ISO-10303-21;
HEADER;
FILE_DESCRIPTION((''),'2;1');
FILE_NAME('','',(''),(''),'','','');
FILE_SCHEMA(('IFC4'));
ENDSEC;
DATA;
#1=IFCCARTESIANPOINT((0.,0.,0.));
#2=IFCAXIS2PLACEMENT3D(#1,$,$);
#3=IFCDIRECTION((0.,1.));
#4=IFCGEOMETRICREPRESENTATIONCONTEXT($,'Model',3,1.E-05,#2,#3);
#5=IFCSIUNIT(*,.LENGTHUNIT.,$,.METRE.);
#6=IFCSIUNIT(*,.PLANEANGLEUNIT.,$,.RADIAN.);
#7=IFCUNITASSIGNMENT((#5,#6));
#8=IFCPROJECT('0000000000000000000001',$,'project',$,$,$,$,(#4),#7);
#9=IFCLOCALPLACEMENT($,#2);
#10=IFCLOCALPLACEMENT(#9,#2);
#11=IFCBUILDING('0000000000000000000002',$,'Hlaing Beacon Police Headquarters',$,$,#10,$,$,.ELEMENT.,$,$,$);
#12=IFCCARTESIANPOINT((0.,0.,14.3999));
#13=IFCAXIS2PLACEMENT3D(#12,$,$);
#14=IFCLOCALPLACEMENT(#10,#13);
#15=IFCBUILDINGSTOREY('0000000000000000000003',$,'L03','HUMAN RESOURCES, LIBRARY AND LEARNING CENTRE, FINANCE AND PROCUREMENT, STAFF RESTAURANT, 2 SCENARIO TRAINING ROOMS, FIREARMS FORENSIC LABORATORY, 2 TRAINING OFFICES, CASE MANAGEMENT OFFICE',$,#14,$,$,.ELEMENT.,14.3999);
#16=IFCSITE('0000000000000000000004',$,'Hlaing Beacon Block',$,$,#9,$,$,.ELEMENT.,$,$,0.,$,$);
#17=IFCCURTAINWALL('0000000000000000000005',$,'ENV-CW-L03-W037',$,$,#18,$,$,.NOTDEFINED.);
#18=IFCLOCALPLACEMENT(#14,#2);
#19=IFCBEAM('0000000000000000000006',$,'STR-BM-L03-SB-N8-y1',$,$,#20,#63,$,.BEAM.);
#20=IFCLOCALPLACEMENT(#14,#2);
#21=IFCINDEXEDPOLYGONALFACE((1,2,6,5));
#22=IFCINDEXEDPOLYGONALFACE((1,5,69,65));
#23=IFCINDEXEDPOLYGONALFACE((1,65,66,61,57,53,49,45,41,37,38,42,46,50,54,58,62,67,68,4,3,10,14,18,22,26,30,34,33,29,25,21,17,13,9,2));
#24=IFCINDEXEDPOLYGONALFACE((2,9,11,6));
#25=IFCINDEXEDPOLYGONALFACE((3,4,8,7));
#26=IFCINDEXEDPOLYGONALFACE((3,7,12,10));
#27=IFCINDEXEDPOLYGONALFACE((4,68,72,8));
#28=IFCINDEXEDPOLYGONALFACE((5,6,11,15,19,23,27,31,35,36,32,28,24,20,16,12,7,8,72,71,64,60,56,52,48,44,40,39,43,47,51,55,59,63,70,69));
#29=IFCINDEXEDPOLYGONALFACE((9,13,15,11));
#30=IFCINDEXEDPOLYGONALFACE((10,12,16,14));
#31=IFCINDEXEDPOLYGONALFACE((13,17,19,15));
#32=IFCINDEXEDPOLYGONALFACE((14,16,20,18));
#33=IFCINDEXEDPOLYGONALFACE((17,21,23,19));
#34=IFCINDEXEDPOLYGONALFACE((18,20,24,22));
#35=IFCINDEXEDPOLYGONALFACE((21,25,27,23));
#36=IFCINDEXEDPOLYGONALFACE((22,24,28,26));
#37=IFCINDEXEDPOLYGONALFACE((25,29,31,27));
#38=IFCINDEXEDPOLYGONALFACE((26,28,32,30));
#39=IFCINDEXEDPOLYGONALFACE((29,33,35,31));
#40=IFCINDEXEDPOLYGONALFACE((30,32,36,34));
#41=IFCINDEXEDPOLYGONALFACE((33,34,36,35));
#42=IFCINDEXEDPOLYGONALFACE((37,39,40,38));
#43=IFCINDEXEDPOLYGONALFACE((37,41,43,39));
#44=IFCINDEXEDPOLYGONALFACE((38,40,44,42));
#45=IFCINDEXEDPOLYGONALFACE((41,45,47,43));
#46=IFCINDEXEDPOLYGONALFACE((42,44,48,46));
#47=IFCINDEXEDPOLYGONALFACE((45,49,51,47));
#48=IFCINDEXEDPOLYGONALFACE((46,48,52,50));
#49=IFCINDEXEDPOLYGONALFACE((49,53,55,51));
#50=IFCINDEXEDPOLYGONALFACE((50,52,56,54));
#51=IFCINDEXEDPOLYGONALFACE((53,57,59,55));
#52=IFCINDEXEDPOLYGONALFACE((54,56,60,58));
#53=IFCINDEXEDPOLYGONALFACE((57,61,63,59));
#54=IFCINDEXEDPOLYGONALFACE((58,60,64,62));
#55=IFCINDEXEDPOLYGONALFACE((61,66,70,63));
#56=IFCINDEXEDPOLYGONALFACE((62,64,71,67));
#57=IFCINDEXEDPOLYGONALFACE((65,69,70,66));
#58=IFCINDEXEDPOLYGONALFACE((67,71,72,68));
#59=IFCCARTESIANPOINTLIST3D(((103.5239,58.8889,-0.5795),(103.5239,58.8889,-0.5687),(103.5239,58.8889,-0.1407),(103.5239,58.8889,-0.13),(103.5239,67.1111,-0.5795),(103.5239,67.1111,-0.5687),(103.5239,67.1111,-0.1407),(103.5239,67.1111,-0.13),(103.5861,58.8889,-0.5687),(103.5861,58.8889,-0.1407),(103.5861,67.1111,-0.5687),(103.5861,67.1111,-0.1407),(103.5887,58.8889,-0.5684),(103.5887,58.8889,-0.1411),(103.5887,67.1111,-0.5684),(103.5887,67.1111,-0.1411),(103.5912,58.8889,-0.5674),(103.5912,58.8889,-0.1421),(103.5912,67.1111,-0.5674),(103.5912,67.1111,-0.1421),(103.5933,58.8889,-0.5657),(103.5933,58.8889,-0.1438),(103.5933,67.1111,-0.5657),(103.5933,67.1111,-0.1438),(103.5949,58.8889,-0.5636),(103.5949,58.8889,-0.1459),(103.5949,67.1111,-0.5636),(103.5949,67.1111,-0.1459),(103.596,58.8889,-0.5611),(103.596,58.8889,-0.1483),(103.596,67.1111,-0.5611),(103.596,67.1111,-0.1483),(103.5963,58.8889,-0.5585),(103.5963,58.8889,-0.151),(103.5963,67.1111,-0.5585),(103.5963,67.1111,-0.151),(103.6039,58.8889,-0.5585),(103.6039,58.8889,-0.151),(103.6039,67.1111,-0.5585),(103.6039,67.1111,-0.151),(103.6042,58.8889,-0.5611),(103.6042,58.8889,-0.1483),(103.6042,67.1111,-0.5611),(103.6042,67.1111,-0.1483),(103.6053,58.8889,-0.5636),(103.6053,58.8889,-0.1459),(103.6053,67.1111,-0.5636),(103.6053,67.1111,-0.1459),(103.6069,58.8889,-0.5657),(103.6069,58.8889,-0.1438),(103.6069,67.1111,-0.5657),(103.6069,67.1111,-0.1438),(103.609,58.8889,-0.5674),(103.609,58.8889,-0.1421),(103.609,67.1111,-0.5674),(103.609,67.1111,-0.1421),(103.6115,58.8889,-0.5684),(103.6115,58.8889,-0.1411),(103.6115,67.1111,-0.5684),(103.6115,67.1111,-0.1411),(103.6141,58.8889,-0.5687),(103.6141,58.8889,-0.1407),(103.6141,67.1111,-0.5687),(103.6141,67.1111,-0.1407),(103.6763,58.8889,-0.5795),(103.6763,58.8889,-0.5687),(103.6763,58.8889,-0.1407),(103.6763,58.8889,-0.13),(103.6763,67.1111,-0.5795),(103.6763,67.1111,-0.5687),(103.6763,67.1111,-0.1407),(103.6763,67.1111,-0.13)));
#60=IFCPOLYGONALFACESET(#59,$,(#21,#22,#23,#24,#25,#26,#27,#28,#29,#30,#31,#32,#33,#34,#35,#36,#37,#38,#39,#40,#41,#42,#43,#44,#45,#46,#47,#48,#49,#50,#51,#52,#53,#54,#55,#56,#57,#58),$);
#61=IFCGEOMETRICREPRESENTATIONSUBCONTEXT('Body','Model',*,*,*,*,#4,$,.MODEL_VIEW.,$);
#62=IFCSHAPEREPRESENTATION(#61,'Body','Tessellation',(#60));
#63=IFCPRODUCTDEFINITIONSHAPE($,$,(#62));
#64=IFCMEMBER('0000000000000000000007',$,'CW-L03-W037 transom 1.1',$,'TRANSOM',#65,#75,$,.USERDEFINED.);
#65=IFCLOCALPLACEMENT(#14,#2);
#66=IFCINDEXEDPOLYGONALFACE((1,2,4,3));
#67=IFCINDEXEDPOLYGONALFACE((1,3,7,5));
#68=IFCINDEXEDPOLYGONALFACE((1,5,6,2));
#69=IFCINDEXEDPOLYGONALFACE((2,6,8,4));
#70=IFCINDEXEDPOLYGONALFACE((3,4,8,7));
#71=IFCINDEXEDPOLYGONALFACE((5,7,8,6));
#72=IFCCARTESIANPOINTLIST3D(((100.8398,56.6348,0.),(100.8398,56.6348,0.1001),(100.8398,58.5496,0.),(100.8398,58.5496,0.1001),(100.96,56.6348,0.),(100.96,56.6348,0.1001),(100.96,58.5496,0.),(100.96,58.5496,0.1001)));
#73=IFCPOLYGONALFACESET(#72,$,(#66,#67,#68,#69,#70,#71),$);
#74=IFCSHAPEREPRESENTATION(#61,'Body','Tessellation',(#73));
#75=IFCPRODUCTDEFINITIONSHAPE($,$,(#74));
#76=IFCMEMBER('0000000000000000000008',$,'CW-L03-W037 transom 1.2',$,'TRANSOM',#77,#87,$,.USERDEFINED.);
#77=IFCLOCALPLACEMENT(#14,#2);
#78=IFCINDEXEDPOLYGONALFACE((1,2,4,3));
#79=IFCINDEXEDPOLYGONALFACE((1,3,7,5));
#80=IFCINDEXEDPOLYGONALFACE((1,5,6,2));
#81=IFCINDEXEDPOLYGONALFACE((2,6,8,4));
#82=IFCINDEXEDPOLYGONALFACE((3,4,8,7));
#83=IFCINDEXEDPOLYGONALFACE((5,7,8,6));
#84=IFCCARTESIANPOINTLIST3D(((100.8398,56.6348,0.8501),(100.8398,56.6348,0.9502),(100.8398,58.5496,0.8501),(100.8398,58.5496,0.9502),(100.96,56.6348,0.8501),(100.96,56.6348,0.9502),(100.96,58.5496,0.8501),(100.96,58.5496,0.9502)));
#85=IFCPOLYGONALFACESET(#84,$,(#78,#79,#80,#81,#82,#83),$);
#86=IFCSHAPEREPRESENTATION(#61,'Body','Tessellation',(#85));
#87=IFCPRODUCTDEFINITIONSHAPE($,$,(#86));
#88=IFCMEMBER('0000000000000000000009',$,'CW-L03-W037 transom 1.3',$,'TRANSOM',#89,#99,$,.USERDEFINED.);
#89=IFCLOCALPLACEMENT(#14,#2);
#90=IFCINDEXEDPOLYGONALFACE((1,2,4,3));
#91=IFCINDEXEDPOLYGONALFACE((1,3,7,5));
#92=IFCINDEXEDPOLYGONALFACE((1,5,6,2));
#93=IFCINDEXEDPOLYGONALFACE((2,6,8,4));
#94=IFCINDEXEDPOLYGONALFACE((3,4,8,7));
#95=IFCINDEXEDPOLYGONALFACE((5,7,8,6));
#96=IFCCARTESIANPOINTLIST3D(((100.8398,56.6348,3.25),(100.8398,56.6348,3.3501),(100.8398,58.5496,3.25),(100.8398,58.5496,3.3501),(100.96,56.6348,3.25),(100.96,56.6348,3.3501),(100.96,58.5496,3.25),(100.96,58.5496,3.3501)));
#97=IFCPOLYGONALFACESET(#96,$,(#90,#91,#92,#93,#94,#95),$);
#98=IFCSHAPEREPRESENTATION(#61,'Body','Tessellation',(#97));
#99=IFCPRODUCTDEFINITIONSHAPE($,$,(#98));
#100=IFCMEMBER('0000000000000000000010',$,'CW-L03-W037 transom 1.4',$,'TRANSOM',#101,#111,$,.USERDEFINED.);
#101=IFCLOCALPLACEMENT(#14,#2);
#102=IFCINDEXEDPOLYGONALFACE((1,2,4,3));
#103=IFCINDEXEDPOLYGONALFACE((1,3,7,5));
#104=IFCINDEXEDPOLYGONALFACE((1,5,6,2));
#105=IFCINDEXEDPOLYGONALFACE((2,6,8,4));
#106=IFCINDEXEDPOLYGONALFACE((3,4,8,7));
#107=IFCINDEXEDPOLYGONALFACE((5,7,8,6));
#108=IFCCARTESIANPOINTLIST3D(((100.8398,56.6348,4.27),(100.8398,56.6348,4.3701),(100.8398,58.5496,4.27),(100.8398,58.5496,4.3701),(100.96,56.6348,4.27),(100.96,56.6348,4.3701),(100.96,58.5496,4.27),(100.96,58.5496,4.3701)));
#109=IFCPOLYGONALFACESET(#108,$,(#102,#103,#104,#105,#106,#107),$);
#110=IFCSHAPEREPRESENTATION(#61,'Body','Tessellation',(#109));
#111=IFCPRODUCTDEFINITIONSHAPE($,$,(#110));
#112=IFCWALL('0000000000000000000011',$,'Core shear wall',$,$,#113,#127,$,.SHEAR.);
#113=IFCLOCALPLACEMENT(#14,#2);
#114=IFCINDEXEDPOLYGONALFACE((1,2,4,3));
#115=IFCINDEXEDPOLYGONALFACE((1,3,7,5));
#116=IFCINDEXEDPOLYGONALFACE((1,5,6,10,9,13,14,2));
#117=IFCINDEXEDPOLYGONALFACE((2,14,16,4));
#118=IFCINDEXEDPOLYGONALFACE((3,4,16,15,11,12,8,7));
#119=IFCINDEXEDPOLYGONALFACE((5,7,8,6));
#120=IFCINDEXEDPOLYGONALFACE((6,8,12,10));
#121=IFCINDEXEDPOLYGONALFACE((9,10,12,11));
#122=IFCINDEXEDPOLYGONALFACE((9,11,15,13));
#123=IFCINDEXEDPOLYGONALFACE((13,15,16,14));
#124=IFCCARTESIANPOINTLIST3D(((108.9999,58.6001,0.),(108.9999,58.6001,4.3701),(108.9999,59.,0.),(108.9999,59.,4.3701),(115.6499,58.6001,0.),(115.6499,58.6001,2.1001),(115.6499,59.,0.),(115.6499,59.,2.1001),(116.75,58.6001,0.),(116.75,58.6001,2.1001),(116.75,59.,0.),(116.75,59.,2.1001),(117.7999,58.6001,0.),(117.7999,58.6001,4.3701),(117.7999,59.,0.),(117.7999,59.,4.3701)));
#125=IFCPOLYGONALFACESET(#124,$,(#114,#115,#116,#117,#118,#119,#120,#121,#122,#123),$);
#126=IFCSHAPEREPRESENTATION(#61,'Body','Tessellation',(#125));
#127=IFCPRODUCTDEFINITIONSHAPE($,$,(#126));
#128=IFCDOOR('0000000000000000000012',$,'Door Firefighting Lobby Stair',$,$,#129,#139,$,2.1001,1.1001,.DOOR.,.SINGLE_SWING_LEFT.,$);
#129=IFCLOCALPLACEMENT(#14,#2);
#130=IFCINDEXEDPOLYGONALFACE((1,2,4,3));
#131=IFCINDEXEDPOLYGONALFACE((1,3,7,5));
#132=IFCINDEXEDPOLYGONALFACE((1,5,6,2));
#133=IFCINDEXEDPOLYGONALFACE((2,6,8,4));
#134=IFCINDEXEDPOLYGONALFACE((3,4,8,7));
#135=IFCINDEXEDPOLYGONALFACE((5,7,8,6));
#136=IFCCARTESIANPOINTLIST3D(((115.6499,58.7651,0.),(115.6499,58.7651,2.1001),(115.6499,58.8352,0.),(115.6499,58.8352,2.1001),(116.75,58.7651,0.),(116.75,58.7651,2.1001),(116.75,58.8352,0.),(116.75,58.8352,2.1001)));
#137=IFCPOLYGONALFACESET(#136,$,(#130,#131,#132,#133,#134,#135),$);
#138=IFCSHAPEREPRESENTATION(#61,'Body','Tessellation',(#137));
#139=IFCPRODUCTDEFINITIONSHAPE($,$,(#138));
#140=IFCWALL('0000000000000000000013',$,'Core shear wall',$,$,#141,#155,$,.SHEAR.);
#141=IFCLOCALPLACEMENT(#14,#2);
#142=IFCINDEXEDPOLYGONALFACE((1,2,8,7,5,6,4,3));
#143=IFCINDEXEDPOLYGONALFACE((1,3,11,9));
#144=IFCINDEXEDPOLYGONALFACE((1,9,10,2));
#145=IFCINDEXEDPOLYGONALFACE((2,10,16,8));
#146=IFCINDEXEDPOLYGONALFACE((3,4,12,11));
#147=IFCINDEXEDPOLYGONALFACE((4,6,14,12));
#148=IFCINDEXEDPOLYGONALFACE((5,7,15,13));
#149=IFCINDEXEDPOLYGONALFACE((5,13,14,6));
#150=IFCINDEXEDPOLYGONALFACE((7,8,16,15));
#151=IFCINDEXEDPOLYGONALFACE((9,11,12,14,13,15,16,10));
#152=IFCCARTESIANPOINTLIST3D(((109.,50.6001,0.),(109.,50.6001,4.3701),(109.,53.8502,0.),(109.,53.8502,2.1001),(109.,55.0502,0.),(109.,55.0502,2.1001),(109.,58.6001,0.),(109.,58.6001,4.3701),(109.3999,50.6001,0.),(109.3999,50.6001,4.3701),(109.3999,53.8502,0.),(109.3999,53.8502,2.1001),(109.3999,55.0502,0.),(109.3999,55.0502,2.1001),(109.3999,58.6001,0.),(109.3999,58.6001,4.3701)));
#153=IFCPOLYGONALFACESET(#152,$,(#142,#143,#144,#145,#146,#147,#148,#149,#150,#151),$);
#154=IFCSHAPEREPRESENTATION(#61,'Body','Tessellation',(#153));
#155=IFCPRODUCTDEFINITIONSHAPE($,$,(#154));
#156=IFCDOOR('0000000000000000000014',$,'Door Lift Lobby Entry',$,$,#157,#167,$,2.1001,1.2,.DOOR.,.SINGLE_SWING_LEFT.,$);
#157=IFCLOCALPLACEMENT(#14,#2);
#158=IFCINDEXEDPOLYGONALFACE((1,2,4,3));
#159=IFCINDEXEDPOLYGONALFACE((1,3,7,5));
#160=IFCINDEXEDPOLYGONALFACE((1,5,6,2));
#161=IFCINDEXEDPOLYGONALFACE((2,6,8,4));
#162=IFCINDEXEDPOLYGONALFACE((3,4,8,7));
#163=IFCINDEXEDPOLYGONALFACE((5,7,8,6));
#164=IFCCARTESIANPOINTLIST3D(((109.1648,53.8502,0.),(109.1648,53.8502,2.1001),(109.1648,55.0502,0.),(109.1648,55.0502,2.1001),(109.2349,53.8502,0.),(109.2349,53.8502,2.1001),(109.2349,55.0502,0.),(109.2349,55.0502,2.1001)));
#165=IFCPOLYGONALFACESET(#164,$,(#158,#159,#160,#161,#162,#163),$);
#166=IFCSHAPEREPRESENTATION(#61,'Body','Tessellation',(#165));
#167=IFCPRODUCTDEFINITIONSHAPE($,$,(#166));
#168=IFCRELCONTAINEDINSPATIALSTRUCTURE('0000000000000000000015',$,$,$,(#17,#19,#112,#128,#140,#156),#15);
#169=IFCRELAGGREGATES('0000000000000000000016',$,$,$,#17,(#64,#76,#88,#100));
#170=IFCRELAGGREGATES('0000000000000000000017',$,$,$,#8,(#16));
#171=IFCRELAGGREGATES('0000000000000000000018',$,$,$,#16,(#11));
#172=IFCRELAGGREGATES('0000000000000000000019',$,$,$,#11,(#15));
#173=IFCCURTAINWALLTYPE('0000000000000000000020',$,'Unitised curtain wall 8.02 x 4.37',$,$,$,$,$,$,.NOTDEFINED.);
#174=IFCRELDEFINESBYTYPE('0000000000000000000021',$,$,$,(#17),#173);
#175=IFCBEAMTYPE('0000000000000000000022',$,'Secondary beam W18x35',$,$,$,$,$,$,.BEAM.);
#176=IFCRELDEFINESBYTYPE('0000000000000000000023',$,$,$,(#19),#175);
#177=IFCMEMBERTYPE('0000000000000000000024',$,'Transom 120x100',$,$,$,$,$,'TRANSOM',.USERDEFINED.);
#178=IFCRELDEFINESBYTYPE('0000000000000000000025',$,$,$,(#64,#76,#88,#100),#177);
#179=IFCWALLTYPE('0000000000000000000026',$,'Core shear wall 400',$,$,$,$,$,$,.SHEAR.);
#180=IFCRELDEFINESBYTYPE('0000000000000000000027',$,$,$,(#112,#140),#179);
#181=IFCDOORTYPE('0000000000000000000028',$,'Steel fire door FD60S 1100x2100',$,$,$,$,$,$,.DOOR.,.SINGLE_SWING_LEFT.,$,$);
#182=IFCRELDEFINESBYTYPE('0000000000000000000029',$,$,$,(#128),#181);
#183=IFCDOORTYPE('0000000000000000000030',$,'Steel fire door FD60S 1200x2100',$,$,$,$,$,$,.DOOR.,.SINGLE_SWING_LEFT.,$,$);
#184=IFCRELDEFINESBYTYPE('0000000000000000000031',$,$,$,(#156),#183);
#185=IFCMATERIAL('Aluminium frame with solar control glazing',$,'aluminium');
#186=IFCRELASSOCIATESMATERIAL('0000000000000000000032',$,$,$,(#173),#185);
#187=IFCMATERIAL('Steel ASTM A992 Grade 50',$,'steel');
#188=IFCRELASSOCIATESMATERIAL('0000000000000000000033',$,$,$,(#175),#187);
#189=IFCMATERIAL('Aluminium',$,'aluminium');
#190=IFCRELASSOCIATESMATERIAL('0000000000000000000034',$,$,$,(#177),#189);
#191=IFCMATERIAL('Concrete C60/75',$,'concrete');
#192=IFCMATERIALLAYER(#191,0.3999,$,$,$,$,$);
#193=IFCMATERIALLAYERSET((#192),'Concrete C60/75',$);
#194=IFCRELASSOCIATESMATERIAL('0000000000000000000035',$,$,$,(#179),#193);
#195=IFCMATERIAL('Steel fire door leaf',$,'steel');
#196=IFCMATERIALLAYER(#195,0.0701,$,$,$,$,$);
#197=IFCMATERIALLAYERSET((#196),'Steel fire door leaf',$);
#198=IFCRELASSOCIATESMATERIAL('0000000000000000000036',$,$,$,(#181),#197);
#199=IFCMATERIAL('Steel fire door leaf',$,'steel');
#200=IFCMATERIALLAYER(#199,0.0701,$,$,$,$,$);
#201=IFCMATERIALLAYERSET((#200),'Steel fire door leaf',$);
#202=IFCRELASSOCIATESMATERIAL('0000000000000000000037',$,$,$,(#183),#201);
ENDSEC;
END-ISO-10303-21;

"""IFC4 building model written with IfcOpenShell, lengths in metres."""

from ifc_helpers import new_model, si_unit, direction, frame, frame_2d, origin, origin_2d, place, context, subcontext, project, spatial, rectangle, i_section, extrude, material, layer, layer_set, material_profile, profile_set, type_object, element, fill, aggregate, save


model = new_model("IFC4")

# Units and contexts
model_context = context("Model", 3, precision=1e-05, world=origin(), true_north=direction((0.0, 1.0)))
body_context = subcontext(model_context, "Body", "Model", "MODEL_VIEW")
ifc_project = project(units=[si_unit("LENGTHUNIT", "METRE"), si_unit("PLANEANGLEUNIT", "RADIAN")], contexts=[model_context])

# Site, building, storey
site_placement = place(None, origin())
site = spatial("IfcSite", under=ifc_project, at=site_placement, Name="Hlaing Beacon Block", CompositionType="ELEMENT", RefElevation=0.0)
building_placement = place(site_placement, origin())
building = spatial("IfcBuilding", under=site, at=building_placement, Name="Hlaing Beacon Police Headquarters", CompositionType="ELEMENT")
storey_placement = place(building_placement, frame((0.0, 0.0, 14.3999)))
storey = spatial("IfcBuildingStorey", under=building, at=storey_placement, Name="L03", Description="HUMAN RESOURCES, LIBRARY AND LEARNING CENTRE, FINANCE AND PROCUREMENT, STAFF RESTAURANT, 2 SCENARIO TRAINING ROOMS, FIREARMS FORENSIC LABORATORY, 2 TRAINING OFFICES, CASE MANAGEMENT OFFICE", CompositionType="ELEMENT", Elevation=14.3999)

# Curtain wall
ifc_material_1 = material(Name="Aluminium frame with solar control glazing", Category="aluminium")
curtain_wall_type = type_object("IfcCurtainWallType", Name="Unitised curtain wall 8.02 x 4.37", PredefinedType="NOTDEFINED", material=ifc_material_1)
curtain_wall_placement = place(storey_placement, origin())
curtain_wall = element("IfcCurtainWall", 1, at=curtain_wall_placement, inside=storey, type_object=curtain_wall_type, Name="ENV-CW-L03-W037", PredefinedType="NOTDEFINED")

# Beam
ifc_material_2 = material(Name="Steel ASTM A992 Grade 50", Category="steel")
ifc_material_profile_1 = material_profile(ifc_material_2, i_section(OverallWidth=0.1523, OverallDepth=0.4495, WebThickness=0.0076, FlangeThickness=0.0107, FilletRadius=0.0103, at=origin_2d()), Name="W18x35")
ifc_profile_set_1 = profile_set([ifc_material_profile_1], Name="Steel ASTM A992 Grade 50")
beam_type_1 = type_object("IfcBeamType", Name="Secondary beam W18x35", PredefinedType="BEAM", material=ifc_profile_set_1)
beam_1_placement = place(storey_placement, frame((103.6001, 58.8889, -0.3547), z_axis=(0.0, 1.0, 0.0), x_axis=(-1.0, 0.0, 0.0)))
element("IfcBeam", 2, at=beam_1_placement, inside=storey, type_object=beam_type_1, Name="STR-BM-L03-SB-N8-y1", PredefinedType="BEAM", context=body_context, shape_type="SweptSolid", body=[
    extrude(i_section(OverallWidth=0.1523, OverallDepth=0.4495, WebThickness=0.0076, FlangeThickness=0.0107, FilletRadius=0.0103, at=origin_2d()), origin(), (0.0, 0.0, 1.0), 8.2222),
])

# Members
ifc_material_3 = material(Name="Aluminium", Category="aluminium")
ifc_material_profile_2 = material_profile(ifc_material_3, rectangle(XDim=0.1201, YDim=0.1001, at=origin_2d()), Name="Transom 120x100")
ifc_profile_set_2 = profile_set([ifc_material_profile_2], Name="Aluminium")
member_type_1 = type_object("IfcMemberType", Name="Transom 120x100", ElementType="TRANSOM", PredefinedType="USERDEFINED", material=ifc_profile_set_2)
member_1_placement = place(storey_placement, frame((100.8999, 58.5496, 0.05), z_axis=(0.0, -1.0, 0.0), x_axis=(1.0, 0.0, 0.0)))
member_1 = element("IfcMember", 3, at=member_1_placement, type_object=member_type_1, Name="CW-L03-W037 transom 1.1", ObjectType="TRANSOM", PredefinedType="USERDEFINED", context=body_context, shape_type="SweptSolid", body=[
    extrude(rectangle(XDim=0.1201, YDim=0.1001, at=origin_2d()), origin(), (0.0, 0.0, 1.0), 1.9148),
])
member_2_placement = place(storey_placement, frame((100.8999, 58.5496, 0.9001), z_axis=(0.0, -1.0, 0.0), x_axis=(1.0, 0.0, 0.0)))
member_2 = element("IfcMember", 4, at=member_2_placement, type_object=member_type_1, Name="CW-L03-W037 transom 1.2", ObjectType="TRANSOM", PredefinedType="USERDEFINED", context=body_context, shape_type="SweptSolid", body=[
    extrude(rectangle(XDim=0.1201, YDim=0.1001, at=origin_2d()), origin(), (0.0, 0.0, 1.0), 1.9148),
])
member_3_placement = place(storey_placement, frame((100.8999, 58.5496, 3.3), z_axis=(0.0, -1.0, 0.0), x_axis=(1.0, 0.0, 0.0)))
member_3 = element("IfcMember", 5, at=member_3_placement, type_object=member_type_1, Name="CW-L03-W037 transom 1.3", ObjectType="TRANSOM", PredefinedType="USERDEFINED", context=body_context, shape_type="SweptSolid", body=[
    extrude(rectangle(XDim=0.1201, YDim=0.1001, at=origin_2d()), origin(), (0.0, 0.0, 1.0), 1.9148),
])
member_4_placement = place(storey_placement, frame((100.8999, 58.5496, 4.3201), z_axis=(0.0, -1.0, 0.0), x_axis=(1.0, 0.0, 0.0)))
member_4 = element("IfcMember", 6, at=member_4_placement, type_object=member_type_1, Name="CW-L03-W037 transom 1.4", ObjectType="TRANSOM", PredefinedType="USERDEFINED", context=body_context, shape_type="SweptSolid", body=[
    extrude(rectangle(XDim=0.1201, YDim=0.1001, at=origin_2d()), origin(), (0.0, 0.0, 1.0), 1.9148),
])
aggregate(curtain_wall, [member_1, member_2, member_3, member_4])

# Walls, openings, doors
ifc_material_4 = material(Name="Concrete C60/75", Category="concrete")
ifc_layer_1 = layer(ifc_material_4, 0.3999)
ifc_layer_set_1 = layer_set([ifc_layer_1], Name="Concrete C60/75")
wall_type_1 = type_object("IfcWallType", Name="Core shear wall 400", PredefinedType="SHEAR", material=ifc_layer_set_1)
wall_1_placement = place(storey_placement, frame((109.0, 58.8, 0.0), z_axis=(0.0, 0.0, 1.0), x_axis=(1.0, 0.0, 0.0)))
wall_1 = element("IfcWall", 7, at=wall_1_placement, inside=storey, type_object=wall_type_1, Name="Core shear wall", PredefinedType="SHEAR", context=body_context, shape_type="SweptSolid", body=[
    extrude(rectangle(XDim=8.8, YDim=0.3999, at=frame_2d((4.3999, 0.0))), origin(), (0.0, 0.0, 1.0), 4.3701),
])
opening_1_placement = place(wall_1_placement, frame((6.6499, 0.0, 0.0)))
opening_1 = element("IfcOpeningElement", 8, at=opening_1_placement, cuts=wall_1, PredefinedType="OPENING", context=body_context, shape_type="SweptSolid", body=[
    extrude(rectangle(XDim=1.1001, YDim=2.1001, at=frame_2d((0.55, 1.05))), frame((0.0, 0.21, 0.0), z_axis=(0.0, -1.0, 0.0), x_axis=(1.0, 0.0, 0.0)), (0.0, 0.0, 1.0), 0.4199),
])
ifc_material_5 = material(Name="Steel fire door leaf", Category="steel")
ifc_layer_2 = layer(ifc_material_5, 0.0701)
ifc_layer_set_2 = layer_set([ifc_layer_2], Name="Steel fire door leaf")
door_type_1 = type_object("IfcDoorType", Name="Steel fire door FD60S 1100x2100", OperationType="SINGLE_SWING_LEFT", PredefinedType="DOOR", material=ifc_layer_set_2)
door_1_placement = place(opening_1_placement, origin())
door_1 = element("IfcDoor", 9, at=door_1_placement, inside=storey, type_object=door_type_1, Name="Door Firefighting Lobby Stair", OperationType="SINGLE_SWING_LEFT", OverallHeight=2.1001, OverallWidth=1.1001, PredefinedType="DOOR", context=body_context, shape_type="SweptSolid", body=[
    extrude(rectangle(XDim=1.1001, YDim=2.1001, at=frame_2d((0.55, 1.05))), frame((0.0, 0.0352, 0.0), z_axis=(0.0, -1.0, 0.0), x_axis=(1.0, 0.0, 0.0)), (0.0, 0.0, 1.0), 0.0701),
])
fill(opening_1, door_1)
wall_2_placement = place(storey_placement, frame((109.2, 50.6001, 0.0), z_axis=(0.0, 0.0, 1.0), x_axis=(0.0, 1.0, 0.0)))
wall_2 = element("IfcWall", 10, at=wall_2_placement, inside=storey, type_object=wall_type_1, Name="Core shear wall", PredefinedType="SHEAR", context=body_context, shape_type="SweptSolid", body=[
    extrude(rectangle(XDim=8.0, YDim=0.3999, at=frame_2d((4.0, 0.0))), origin(), (0.0, 0.0, 1.0), 4.3701),
])
opening_2_placement = place(wall_2_placement, frame((3.25, 0.0, 0.0)))
opening_2 = element("IfcOpeningElement", 11, at=opening_2_placement, cuts=wall_2, PredefinedType="OPENING", context=body_context, shape_type="SweptSolid", body=[
    extrude(rectangle(XDim=1.2, YDim=2.1001, at=frame_2d((0.6001, 1.05))), frame((0.0, 0.21, 0.0), z_axis=(0.0, -1.0, 0.0), x_axis=(1.0, 0.0, 0.0)), (0.0, 0.0, 1.0), 0.4199),
])
ifc_material_6 = material(Name="Steel fire door leaf", Category="steel")
ifc_layer_3 = layer(ifc_material_6, 0.0701)
ifc_layer_set_3 = layer_set([ifc_layer_3], Name="Steel fire door leaf")
door_type_2 = type_object("IfcDoorType", Name="Steel fire door FD60S 1200x2100", OperationType="SINGLE_SWING_LEFT", PredefinedType="DOOR", material=ifc_layer_set_3)
door_2_placement = place(opening_2_placement, frame((1.2, 0.0, 0.0), z_axis=(0.0, 0.0, 1.0), x_axis=(-1.0, 0.0, 0.0)))
door_2 = element("IfcDoor", 12, at=door_2_placement, inside=storey, type_object=door_type_2, Name="Door Lift Lobby Entry", OperationType="SINGLE_SWING_LEFT", OverallHeight=2.1001, OverallWidth=1.2, PredefinedType="DOOR", context=body_context, shape_type="SweptSolid", body=[
    extrude(rectangle(XDim=1.2, YDim=2.1001, at=frame_2d((0.5999, 1.05))), frame((0.0, 0.0349, 0.0), z_axis=(0.0, -1.0, 0.0), x_axis=(1.0, 0.0, 0.0)), (0.0, 0.0, 1.0), 0.0701),
])
fill(opening_2, door_2)

save(model, "model.ifc")
